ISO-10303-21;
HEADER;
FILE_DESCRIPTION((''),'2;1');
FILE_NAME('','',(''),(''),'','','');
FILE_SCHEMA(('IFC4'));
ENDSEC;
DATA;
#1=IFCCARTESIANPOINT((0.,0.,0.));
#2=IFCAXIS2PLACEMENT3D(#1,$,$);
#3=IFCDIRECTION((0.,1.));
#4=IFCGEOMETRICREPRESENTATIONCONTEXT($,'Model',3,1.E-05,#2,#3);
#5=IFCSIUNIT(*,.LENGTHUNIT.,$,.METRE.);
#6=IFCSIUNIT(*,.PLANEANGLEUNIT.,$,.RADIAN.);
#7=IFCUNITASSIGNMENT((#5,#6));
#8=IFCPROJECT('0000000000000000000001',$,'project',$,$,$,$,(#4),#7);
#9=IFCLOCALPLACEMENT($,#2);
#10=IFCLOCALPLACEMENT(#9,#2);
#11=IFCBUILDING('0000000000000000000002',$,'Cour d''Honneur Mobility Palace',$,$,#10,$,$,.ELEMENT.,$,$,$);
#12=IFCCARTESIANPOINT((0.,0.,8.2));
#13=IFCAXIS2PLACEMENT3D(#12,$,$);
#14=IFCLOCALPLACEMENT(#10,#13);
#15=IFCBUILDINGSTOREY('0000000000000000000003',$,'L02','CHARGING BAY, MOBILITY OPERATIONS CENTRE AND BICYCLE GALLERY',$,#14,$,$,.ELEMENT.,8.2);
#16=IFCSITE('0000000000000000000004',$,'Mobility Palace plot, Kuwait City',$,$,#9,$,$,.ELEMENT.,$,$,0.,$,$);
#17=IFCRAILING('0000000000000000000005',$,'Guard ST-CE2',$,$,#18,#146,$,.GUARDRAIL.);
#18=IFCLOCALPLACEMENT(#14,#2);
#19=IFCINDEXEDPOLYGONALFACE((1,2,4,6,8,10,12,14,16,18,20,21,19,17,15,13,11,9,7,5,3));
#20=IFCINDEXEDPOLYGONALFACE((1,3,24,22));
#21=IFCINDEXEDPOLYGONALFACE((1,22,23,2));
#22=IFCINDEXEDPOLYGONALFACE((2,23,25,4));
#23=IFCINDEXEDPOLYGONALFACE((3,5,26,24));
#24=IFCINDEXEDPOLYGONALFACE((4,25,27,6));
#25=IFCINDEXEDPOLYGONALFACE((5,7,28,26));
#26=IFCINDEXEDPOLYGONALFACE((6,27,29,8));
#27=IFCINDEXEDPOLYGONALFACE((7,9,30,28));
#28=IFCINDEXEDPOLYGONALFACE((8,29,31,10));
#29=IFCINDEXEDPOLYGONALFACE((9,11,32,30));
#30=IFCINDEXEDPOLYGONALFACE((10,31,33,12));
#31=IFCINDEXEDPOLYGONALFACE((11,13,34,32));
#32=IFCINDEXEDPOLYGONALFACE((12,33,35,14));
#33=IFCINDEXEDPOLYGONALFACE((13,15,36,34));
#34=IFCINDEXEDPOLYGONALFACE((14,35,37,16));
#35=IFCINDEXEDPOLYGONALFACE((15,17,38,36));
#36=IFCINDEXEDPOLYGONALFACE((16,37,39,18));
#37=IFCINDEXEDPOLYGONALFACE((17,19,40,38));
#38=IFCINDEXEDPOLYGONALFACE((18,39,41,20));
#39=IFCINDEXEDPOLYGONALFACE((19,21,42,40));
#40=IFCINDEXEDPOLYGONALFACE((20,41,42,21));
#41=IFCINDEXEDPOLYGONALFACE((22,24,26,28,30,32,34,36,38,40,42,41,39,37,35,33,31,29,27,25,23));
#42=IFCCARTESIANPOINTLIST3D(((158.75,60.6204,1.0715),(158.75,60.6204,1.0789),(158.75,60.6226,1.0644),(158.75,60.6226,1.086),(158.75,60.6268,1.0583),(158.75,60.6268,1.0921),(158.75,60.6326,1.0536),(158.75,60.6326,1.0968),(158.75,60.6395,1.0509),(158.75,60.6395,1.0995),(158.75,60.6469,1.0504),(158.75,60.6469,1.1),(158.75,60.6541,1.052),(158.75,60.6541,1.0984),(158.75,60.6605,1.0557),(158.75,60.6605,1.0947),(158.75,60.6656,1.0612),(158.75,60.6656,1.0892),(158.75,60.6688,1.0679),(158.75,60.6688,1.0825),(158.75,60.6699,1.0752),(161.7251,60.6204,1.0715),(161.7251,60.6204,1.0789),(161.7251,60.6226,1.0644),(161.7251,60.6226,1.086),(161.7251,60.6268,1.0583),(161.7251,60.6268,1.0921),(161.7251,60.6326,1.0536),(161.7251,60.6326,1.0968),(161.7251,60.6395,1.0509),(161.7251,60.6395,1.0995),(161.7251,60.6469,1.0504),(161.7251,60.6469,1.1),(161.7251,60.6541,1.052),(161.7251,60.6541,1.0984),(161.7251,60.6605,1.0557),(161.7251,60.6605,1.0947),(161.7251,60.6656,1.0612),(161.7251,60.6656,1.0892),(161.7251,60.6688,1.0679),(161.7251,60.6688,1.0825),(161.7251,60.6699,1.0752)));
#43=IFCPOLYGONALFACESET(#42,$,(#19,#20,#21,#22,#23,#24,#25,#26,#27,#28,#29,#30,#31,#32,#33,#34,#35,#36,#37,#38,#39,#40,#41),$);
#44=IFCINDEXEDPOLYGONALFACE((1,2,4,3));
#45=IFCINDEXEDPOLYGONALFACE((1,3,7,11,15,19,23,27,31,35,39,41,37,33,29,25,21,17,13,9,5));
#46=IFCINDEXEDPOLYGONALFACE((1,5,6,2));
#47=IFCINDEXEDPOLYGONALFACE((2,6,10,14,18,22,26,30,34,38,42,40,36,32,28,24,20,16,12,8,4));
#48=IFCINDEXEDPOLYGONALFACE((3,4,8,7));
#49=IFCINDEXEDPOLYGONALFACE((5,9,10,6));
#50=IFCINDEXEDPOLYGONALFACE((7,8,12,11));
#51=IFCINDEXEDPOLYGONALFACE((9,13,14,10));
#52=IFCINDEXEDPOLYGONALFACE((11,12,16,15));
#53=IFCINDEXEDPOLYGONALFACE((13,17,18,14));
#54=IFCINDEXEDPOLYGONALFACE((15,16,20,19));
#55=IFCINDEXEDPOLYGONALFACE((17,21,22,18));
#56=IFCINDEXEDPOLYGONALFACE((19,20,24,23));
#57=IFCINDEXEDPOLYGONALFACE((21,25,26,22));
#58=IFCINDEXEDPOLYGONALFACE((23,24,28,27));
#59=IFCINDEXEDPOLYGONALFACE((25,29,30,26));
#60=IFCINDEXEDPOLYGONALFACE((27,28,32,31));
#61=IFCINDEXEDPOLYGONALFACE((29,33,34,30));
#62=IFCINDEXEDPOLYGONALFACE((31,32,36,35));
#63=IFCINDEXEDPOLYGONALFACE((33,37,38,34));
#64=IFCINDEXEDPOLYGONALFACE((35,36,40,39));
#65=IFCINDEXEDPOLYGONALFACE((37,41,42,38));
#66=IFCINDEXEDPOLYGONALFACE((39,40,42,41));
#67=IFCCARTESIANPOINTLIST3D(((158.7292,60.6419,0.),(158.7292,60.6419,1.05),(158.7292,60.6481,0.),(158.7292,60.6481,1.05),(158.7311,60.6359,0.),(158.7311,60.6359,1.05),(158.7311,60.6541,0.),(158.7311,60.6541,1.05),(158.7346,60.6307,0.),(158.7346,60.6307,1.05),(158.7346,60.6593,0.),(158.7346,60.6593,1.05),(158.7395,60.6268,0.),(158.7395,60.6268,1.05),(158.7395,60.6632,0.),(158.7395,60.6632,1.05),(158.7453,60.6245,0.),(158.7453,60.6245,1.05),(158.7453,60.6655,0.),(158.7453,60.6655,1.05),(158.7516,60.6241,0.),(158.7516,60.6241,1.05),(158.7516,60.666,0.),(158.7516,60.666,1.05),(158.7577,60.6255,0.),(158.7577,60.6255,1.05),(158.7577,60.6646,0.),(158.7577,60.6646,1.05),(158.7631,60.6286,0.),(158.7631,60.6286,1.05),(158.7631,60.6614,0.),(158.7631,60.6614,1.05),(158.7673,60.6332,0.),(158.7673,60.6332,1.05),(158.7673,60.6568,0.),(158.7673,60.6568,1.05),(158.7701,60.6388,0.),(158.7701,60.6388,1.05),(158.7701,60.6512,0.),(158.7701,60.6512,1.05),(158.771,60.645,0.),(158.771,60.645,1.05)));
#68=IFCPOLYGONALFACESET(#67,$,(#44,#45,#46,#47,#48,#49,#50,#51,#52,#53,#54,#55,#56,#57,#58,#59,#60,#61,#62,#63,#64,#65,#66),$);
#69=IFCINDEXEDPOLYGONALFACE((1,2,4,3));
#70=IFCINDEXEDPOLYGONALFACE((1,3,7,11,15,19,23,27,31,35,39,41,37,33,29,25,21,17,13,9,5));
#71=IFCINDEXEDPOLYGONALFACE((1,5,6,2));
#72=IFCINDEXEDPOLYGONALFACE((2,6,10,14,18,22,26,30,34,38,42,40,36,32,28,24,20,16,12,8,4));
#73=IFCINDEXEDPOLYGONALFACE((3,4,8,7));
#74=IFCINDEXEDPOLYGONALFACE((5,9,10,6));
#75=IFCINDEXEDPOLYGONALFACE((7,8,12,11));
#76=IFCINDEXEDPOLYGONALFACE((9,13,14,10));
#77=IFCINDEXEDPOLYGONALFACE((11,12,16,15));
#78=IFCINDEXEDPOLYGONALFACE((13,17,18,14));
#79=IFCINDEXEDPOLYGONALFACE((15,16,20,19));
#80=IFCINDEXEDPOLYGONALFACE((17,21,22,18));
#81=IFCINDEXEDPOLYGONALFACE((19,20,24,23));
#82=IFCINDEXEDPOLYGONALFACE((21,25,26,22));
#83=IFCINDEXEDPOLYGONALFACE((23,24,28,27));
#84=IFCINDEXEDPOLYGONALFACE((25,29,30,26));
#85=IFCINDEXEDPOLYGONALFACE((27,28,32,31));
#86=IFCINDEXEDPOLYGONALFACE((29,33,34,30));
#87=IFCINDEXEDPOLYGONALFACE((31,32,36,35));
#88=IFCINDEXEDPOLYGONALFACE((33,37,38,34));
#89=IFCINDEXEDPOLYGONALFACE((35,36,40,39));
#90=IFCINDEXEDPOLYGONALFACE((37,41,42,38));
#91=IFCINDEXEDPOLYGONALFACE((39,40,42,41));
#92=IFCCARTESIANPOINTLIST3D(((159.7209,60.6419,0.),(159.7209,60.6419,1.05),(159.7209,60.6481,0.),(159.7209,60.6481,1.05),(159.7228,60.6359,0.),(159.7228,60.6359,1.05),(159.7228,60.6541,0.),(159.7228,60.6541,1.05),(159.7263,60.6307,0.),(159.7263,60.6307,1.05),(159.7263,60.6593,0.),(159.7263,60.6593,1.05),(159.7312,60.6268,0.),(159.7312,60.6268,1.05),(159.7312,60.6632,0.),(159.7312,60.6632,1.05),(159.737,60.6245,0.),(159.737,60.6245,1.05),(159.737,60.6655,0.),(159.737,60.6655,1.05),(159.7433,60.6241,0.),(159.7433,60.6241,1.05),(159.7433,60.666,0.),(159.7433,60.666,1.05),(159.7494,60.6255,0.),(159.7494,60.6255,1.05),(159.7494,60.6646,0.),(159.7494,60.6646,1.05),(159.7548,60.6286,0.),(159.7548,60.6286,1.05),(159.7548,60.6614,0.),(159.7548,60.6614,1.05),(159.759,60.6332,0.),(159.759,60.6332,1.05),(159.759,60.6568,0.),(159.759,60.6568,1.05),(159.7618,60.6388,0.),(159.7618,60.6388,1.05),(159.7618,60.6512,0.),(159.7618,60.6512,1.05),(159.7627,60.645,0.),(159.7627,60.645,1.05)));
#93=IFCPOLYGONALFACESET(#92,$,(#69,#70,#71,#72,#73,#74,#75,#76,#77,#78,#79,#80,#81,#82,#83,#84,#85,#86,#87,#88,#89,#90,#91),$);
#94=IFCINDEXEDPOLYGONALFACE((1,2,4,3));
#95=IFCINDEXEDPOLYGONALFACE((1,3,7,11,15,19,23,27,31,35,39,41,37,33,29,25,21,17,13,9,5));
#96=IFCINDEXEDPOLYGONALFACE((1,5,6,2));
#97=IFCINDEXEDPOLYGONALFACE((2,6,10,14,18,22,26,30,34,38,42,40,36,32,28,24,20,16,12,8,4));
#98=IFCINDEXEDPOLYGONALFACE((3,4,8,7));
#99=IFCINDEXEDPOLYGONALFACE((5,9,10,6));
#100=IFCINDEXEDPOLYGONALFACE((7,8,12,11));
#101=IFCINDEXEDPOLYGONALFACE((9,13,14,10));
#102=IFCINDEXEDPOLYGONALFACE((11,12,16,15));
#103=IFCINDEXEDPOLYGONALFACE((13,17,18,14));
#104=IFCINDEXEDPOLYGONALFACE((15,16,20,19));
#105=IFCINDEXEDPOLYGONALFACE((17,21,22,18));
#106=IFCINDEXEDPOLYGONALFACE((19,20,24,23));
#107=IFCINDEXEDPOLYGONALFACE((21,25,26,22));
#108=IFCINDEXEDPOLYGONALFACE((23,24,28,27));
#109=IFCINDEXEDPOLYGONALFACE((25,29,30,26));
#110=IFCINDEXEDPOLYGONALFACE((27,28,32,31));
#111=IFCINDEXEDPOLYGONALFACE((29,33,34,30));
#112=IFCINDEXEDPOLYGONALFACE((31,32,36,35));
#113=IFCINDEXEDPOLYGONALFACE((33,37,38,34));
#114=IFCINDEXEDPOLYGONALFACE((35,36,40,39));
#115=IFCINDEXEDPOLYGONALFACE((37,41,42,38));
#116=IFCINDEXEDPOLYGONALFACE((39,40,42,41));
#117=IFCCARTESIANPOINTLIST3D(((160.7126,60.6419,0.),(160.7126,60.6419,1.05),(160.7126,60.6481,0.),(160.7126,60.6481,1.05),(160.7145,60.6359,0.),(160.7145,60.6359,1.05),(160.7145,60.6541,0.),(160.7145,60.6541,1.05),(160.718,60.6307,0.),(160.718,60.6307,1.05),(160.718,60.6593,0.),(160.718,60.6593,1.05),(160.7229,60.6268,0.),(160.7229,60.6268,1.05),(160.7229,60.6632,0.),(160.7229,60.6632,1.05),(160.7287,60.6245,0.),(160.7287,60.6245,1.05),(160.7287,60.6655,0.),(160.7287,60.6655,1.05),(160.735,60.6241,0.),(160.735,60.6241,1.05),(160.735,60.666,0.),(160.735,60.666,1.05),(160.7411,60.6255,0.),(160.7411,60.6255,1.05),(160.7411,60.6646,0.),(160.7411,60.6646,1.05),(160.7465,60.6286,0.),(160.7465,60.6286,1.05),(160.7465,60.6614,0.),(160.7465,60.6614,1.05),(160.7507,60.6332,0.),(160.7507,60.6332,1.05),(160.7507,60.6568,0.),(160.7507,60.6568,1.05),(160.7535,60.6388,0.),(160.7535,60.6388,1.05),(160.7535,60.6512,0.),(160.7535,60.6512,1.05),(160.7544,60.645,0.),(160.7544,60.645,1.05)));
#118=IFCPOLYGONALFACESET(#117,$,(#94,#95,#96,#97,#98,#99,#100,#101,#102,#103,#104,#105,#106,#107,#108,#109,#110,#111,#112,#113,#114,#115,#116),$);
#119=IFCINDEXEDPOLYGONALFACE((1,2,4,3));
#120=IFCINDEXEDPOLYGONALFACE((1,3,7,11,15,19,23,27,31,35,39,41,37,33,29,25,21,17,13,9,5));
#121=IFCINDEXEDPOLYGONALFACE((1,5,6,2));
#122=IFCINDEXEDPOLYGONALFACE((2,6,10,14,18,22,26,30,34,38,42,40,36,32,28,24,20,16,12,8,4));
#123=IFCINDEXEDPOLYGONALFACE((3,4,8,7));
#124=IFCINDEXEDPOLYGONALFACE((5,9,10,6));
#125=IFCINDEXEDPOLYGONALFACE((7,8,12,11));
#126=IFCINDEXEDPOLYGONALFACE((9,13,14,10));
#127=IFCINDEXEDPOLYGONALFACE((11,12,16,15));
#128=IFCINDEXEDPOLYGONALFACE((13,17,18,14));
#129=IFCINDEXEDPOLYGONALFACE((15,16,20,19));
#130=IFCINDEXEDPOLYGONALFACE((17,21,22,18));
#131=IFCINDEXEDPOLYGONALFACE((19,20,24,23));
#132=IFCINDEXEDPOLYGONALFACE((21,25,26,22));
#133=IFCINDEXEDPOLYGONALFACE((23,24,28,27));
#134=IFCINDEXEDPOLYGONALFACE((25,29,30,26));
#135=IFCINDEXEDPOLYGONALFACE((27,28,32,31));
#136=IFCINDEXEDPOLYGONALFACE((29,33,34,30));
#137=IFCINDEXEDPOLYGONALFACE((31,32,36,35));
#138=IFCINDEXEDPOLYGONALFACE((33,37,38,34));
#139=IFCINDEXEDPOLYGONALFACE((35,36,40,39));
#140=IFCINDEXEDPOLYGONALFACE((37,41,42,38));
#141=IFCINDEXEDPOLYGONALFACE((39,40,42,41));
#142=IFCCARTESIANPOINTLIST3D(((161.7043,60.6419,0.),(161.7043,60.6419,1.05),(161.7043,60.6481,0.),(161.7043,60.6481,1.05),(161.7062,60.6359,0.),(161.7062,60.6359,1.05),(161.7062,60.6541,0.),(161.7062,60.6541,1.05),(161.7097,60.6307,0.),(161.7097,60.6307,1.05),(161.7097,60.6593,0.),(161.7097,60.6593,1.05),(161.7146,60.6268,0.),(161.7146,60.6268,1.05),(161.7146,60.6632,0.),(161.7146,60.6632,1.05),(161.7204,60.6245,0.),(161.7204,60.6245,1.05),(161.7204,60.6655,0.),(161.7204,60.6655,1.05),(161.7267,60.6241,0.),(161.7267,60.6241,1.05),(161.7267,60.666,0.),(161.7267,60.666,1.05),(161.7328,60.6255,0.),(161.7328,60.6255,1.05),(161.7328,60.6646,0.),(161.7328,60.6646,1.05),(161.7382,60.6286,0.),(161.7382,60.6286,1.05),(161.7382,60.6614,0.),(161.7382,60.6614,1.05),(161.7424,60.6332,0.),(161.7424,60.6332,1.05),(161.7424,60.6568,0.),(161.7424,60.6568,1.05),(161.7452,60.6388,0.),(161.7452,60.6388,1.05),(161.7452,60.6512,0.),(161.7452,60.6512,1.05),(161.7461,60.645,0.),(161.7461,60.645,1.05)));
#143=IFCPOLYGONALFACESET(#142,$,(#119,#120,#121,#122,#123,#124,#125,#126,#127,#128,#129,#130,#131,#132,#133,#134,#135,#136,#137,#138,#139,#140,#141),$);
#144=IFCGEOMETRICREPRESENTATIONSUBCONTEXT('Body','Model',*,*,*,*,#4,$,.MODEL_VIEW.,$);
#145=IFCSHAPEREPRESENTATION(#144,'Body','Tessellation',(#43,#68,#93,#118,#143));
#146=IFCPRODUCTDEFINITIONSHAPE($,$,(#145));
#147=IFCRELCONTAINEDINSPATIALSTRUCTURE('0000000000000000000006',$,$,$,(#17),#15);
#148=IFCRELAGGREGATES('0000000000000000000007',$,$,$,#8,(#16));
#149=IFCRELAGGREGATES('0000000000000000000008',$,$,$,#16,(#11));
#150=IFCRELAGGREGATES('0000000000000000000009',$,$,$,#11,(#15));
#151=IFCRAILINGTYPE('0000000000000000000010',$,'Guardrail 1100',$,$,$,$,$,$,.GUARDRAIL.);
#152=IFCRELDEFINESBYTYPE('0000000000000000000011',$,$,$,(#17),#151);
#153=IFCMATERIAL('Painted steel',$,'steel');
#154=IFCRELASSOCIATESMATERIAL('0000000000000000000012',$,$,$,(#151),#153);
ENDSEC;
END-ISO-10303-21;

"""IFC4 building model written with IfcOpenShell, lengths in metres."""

from ifc_helpers import new_model, si_unit, direction, frame, origin, origin_2d, place, context, subcontext, project, spatial, circle, extrude, material, type_object, element, save


model = new_model("IFC4")

# Units and contexts
model_context = context("Model", 3, precision=1e-05, world=origin(), true_north=direction((0.0, 1.0)))
body_context = subcontext(model_context, "Body", "Model", "MODEL_VIEW")
ifc_project = project(units=[si_unit("LENGTHUNIT", "METRE"), si_unit("PLANEANGLEUNIT", "RADIAN")], contexts=[model_context])

# Site, building, storey
site_placement = place(None, origin())
site = spatial("IfcSite", under=ifc_project, at=site_placement, Name="Mobility Palace plot, Kuwait City", CompositionType="ELEMENT", RefElevation=0.0)
building_placement = place(site_placement, origin())
building = spatial("IfcBuilding", under=site, at=building_placement, Name="Cour d'Honneur Mobility Palace", CompositionType="ELEMENT")
storey_placement = place(building_placement, frame((0.0, 0.0, 8.2)))
storey = spatial("IfcBuildingStorey", under=building, at=storey_placement, Name="L02", Description="CHARGING BAY, MOBILITY OPERATIONS CENTRE AND BICYCLE GALLERY", CompositionType="ELEMENT", Elevation=8.2)

# Railing
ifc_material_1 = material(Name="Painted steel", Category="steel")
railing_type_1 = type_object("IfcRailingType", Name="Guardrail 1100", PredefinedType="GUARDRAIL", material=ifc_material_1)
railing_1_placement = place(storey_placement, frame((158.75, 60.645, 0.0)))
element("IfcRailing", 1, at=railing_1_placement, inside=storey, type_object=railing_type_1, Name="Guard ST-CE2", PredefinedType="GUARDRAIL", context=body_context, shape_type="SweptSolid", body=[
    extrude(circle(Radius=0.0249, at=origin_2d()), frame((0.0, 0.0, 1.0752), z_axis=(1.0, 0.0, 0.0), x_axis=(0.0, 1.0, 0.0)), (0.0, 0.0, 1.0), 2.9751),
    extrude(circle(Radius=0.021, at=origin_2d()), origin(), (0.0, 0.0, 1.0), 1.05),
    extrude(circle(Radius=0.021, at=origin_2d()), frame((0.9917, 0.0, 0.0)), (0.0, 0.0, 1.0), 1.05),
    extrude(circle(Radius=0.021, at=origin_2d()), frame((1.9834, 0.0, 0.0)), (0.0, 0.0, 1.0), 1.05),
    extrude(circle(Radius=0.021, at=origin_2d()), frame((2.9751, 0.0, 0.0)), (0.0, 0.0, 1.0), 1.05),
])

save(model, "model.ifc")
